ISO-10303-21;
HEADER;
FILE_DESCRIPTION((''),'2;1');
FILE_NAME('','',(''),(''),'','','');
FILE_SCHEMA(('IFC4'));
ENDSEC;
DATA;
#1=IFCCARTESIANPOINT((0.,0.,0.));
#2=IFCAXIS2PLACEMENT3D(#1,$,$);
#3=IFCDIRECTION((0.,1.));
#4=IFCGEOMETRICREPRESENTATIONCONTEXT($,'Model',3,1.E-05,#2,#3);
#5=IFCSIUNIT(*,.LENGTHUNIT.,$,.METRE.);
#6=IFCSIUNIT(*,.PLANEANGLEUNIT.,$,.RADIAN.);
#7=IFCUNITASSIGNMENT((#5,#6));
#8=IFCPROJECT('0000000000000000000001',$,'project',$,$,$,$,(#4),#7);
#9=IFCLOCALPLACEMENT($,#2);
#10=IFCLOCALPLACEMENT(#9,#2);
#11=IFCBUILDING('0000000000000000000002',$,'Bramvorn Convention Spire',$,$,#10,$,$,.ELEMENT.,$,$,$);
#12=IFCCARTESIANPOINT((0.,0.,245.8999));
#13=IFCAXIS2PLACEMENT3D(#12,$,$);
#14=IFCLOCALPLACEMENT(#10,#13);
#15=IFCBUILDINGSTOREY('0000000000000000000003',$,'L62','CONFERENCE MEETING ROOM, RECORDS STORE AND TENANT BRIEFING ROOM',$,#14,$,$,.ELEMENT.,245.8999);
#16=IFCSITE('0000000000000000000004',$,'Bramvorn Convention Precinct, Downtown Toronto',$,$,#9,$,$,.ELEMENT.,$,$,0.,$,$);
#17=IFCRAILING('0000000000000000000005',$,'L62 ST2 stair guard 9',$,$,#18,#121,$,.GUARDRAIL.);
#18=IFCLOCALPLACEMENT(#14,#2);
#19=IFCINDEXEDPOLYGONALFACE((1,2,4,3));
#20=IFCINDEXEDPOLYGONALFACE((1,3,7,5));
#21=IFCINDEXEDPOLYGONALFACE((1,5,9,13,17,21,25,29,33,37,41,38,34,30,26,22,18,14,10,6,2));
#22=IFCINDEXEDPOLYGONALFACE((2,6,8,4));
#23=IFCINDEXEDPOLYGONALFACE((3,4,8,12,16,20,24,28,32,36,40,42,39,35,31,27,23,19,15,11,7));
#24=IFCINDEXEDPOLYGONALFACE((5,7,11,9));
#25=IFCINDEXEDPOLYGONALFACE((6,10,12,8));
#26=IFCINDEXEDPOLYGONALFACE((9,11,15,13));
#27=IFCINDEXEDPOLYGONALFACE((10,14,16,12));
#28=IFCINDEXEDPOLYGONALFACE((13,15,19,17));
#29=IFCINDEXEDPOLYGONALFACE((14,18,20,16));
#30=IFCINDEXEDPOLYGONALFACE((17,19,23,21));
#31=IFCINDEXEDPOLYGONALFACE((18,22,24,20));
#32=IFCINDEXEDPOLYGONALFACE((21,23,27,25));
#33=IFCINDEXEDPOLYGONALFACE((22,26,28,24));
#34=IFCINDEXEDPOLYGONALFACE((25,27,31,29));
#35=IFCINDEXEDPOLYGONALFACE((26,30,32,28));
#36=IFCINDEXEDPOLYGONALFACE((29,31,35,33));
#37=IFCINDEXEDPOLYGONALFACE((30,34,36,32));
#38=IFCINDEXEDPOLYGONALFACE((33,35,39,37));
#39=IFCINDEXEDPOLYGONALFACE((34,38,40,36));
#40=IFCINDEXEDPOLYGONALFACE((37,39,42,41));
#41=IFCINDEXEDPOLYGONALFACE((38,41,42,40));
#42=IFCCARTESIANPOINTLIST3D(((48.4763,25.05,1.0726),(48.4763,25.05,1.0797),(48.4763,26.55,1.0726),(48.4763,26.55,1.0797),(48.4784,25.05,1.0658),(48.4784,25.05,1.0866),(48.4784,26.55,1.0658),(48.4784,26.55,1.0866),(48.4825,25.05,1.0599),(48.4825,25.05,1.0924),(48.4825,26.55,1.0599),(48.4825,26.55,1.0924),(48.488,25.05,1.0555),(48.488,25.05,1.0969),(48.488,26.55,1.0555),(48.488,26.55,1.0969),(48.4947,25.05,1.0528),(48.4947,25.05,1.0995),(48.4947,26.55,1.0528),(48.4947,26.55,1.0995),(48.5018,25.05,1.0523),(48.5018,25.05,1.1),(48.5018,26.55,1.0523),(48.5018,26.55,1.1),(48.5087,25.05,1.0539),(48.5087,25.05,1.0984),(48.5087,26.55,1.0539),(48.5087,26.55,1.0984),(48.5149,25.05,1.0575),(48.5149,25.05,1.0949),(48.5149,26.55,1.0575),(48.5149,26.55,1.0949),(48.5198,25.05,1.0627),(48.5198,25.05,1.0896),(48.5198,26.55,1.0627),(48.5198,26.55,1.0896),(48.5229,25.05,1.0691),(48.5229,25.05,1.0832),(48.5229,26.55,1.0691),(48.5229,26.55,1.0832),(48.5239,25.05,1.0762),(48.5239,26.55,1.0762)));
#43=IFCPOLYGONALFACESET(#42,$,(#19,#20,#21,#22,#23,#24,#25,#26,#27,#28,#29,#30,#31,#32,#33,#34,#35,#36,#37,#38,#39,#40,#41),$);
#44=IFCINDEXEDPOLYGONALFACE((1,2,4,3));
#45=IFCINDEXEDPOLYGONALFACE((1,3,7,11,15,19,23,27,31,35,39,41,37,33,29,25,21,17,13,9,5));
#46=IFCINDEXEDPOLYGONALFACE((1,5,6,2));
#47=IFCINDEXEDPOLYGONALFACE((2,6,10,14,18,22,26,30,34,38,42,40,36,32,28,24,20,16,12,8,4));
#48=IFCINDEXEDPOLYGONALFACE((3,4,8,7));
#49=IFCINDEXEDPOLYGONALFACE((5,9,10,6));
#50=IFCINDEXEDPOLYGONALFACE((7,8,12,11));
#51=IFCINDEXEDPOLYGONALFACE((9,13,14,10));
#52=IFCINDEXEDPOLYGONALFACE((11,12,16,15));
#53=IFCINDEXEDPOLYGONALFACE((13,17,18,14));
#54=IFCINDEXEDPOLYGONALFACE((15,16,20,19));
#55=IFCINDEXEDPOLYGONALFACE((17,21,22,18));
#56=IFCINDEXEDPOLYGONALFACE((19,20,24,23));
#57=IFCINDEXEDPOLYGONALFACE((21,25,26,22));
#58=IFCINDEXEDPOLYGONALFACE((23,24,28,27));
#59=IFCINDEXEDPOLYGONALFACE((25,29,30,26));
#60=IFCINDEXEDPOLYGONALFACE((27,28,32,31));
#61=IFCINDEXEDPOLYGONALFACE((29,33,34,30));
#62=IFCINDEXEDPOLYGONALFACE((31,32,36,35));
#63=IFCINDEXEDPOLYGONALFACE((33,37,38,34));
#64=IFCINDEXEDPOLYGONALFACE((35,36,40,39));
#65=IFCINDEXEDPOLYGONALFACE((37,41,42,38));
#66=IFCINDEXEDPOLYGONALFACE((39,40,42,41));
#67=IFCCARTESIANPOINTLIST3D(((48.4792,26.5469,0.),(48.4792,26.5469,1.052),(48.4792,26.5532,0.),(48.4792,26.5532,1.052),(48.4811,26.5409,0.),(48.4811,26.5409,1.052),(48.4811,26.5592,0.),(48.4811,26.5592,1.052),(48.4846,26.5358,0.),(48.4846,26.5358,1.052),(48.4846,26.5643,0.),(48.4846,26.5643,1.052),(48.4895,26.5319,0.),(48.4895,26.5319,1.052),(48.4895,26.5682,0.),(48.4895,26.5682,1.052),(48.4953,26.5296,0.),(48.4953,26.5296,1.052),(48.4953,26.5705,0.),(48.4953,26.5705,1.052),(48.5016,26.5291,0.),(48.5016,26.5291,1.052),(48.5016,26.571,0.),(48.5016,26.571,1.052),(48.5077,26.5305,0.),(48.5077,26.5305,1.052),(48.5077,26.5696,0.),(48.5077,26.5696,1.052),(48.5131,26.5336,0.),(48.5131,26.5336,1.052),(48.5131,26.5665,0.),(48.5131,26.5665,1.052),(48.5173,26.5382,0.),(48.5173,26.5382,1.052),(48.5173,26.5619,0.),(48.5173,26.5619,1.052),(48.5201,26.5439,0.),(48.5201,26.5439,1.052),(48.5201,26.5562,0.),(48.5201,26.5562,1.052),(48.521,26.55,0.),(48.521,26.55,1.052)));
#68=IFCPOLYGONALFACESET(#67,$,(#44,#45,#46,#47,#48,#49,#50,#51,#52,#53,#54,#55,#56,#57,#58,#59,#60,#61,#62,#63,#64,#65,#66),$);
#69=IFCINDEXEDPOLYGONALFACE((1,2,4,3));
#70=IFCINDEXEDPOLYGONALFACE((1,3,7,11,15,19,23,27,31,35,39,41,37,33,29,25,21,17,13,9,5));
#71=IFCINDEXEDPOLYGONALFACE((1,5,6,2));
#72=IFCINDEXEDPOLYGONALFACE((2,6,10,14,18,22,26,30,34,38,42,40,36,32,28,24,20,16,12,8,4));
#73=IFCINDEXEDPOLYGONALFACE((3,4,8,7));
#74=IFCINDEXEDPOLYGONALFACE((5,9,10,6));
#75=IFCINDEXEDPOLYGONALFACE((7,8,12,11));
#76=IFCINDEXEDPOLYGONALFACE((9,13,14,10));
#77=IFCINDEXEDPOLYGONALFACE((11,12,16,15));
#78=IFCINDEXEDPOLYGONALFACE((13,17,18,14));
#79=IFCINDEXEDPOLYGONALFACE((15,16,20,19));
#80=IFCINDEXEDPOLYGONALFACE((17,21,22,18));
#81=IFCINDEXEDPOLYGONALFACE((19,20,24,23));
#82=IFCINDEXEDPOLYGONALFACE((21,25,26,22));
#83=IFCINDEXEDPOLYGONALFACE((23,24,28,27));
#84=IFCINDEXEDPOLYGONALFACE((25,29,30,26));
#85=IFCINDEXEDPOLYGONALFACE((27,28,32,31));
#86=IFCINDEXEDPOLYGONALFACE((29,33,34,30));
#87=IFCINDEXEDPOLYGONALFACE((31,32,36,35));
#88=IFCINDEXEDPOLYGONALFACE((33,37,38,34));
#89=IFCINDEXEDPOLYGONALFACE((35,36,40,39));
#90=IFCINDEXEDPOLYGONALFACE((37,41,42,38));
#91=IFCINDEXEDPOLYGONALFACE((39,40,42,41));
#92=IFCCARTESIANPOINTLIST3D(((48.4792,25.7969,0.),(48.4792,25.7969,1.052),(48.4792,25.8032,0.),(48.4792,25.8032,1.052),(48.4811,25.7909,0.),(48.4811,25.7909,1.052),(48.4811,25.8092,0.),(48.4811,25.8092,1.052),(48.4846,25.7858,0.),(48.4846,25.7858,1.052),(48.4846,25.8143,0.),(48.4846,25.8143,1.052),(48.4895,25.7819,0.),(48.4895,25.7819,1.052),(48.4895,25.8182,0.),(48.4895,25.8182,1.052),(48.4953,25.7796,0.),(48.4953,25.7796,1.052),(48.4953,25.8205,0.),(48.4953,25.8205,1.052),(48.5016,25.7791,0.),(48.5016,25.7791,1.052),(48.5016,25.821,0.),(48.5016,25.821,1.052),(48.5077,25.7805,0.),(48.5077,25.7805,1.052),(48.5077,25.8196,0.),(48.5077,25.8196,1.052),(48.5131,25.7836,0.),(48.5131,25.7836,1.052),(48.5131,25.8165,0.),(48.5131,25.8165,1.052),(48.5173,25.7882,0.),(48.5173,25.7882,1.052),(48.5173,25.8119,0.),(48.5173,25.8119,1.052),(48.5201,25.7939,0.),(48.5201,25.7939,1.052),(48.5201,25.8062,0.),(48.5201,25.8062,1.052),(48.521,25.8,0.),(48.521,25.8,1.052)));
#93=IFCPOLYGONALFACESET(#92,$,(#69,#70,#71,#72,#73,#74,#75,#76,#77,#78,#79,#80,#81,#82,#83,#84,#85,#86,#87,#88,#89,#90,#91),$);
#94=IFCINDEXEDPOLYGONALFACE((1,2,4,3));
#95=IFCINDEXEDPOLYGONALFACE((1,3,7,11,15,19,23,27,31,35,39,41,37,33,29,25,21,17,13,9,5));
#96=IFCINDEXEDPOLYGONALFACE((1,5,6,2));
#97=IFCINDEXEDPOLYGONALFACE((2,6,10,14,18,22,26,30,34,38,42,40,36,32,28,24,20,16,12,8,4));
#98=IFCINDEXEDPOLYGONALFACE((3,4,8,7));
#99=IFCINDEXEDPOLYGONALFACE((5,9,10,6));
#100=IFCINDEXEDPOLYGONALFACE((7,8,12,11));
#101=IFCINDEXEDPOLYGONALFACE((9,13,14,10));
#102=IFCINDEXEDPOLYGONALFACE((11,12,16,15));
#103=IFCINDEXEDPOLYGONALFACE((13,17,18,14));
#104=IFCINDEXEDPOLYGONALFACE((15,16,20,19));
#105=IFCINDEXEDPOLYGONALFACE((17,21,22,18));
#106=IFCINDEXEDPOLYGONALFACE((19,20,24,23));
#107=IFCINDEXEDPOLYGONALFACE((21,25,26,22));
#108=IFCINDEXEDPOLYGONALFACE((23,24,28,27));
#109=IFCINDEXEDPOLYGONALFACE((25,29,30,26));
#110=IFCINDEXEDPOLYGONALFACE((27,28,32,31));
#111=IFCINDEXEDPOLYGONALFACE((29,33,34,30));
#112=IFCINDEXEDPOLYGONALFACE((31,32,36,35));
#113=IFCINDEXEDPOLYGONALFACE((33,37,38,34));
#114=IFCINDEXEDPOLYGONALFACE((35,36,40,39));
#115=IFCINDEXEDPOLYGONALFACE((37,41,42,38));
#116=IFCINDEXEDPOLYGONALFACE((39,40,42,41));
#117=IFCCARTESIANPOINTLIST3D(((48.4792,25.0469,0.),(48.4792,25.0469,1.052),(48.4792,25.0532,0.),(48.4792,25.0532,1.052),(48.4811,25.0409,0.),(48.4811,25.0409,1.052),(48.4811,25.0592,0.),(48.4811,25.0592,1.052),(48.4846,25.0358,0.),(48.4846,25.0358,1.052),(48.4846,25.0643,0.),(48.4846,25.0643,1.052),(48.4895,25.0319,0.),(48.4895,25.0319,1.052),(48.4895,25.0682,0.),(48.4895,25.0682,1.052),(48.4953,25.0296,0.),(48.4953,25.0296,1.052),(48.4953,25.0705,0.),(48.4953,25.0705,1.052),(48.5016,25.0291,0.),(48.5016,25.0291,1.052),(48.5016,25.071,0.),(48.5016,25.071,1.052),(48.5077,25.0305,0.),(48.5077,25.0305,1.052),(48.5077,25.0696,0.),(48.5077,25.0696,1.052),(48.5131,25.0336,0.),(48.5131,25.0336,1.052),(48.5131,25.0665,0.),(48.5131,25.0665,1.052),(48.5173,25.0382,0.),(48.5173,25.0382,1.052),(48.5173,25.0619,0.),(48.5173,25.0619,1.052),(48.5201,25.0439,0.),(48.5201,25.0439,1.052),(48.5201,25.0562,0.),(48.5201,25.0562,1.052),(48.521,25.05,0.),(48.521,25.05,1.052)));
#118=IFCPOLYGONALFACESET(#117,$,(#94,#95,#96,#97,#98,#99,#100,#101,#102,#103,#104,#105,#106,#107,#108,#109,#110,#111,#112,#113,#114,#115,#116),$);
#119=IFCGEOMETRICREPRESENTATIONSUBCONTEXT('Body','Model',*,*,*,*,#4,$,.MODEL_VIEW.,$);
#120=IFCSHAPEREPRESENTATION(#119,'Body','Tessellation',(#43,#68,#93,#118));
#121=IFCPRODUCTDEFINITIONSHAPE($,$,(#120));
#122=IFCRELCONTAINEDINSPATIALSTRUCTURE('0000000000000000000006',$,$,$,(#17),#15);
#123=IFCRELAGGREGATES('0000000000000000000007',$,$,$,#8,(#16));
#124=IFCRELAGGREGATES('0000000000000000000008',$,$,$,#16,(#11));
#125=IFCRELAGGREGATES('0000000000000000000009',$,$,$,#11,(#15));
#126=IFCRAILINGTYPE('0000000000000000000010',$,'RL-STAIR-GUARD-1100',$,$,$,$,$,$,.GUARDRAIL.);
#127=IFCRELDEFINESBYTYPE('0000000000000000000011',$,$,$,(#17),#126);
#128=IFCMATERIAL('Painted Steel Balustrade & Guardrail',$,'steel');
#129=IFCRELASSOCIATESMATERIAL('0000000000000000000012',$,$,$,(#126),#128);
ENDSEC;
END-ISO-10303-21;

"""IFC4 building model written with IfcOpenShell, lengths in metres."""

from ifc_helpers import new_model, si_unit, direction, frame, origin, origin_2d, place, context, subcontext, project, spatial, circle, extrude, material, type_object, element, save


model = new_model("IFC4")

# Units and contexts
model_context = context("Model", 3, precision=1e-05, world=origin(), true_north=direction((0.0, 1.0)))
body_context = subcontext(model_context, "Body", "Model", "MODEL_VIEW")
ifc_project = project(units=[si_unit("LENGTHUNIT", "METRE"), si_unit("PLANEANGLEUNIT", "RADIAN")], contexts=[model_context])

# Site, building, storey
site_placement = place(None, origin())
site = spatial("IfcSite", under=ifc_project, at=site_placement, Name="Bramvorn Convention Precinct, Downtown Toronto", CompositionType="ELEMENT", RefElevation=0.0)
building_placement = place(site_placement, origin())
building = spatial("IfcBuilding", under=site, at=building_placement, Name="Bramvorn Convention Spire", CompositionType="ELEMENT")
storey_placement = place(building_placement, frame((0.0, 0.0, 245.8999)))
storey = spatial("IfcBuildingStorey", under=building, at=storey_placement, Name="L62", Description="CONFERENCE MEETING ROOM, RECORDS STORE AND TENANT BRIEFING ROOM", CompositionType="ELEMENT", Elevation=245.8999)

# Railing
ifc_material_1 = material(Name="Painted Steel Balustrade & Guardrail", Category="steel")
railing_type_1 = type_object("IfcRailingType", Name="RL-STAIR-GUARD-1100", PredefinedType="GUARDRAIL", material=ifc_material_1)
railing_1_placement = place(storey_placement, frame((48.5, 26.55, 0.0)))
element("IfcRailing", 1, at=railing_1_placement, inside=storey, type_object=railing_type_1, Name="L62 ST2 stair guard 9", PredefinedType="GUARDRAIL", context=body_context, shape_type="SweptSolid", body=[
    extrude(circle(Radius=0.0239, at=origin_2d()), frame((0.0, 0.0, 1.0762), z_axis=(0.0, -1.0, 0.0), x_axis=(1.0, 0.0, 0.0)), (0.0, 0.0, 1.0), 1.5),
    extrude(circle(Radius=0.021, at=origin_2d()), origin(), (0.0, 0.0, 1.0), 1.052),
    extrude(circle(Radius=0.021, at=origin_2d()), frame((0.0, -0.75, 0.0)), (0.0, 0.0, 1.0), 1.052),
    extrude(circle(Radius=0.021, at=origin_2d()), frame((0.0, -1.5, 0.0)), (0.0, 0.0, 1.0), 1.052),
])

save(model, "model.ifc")
